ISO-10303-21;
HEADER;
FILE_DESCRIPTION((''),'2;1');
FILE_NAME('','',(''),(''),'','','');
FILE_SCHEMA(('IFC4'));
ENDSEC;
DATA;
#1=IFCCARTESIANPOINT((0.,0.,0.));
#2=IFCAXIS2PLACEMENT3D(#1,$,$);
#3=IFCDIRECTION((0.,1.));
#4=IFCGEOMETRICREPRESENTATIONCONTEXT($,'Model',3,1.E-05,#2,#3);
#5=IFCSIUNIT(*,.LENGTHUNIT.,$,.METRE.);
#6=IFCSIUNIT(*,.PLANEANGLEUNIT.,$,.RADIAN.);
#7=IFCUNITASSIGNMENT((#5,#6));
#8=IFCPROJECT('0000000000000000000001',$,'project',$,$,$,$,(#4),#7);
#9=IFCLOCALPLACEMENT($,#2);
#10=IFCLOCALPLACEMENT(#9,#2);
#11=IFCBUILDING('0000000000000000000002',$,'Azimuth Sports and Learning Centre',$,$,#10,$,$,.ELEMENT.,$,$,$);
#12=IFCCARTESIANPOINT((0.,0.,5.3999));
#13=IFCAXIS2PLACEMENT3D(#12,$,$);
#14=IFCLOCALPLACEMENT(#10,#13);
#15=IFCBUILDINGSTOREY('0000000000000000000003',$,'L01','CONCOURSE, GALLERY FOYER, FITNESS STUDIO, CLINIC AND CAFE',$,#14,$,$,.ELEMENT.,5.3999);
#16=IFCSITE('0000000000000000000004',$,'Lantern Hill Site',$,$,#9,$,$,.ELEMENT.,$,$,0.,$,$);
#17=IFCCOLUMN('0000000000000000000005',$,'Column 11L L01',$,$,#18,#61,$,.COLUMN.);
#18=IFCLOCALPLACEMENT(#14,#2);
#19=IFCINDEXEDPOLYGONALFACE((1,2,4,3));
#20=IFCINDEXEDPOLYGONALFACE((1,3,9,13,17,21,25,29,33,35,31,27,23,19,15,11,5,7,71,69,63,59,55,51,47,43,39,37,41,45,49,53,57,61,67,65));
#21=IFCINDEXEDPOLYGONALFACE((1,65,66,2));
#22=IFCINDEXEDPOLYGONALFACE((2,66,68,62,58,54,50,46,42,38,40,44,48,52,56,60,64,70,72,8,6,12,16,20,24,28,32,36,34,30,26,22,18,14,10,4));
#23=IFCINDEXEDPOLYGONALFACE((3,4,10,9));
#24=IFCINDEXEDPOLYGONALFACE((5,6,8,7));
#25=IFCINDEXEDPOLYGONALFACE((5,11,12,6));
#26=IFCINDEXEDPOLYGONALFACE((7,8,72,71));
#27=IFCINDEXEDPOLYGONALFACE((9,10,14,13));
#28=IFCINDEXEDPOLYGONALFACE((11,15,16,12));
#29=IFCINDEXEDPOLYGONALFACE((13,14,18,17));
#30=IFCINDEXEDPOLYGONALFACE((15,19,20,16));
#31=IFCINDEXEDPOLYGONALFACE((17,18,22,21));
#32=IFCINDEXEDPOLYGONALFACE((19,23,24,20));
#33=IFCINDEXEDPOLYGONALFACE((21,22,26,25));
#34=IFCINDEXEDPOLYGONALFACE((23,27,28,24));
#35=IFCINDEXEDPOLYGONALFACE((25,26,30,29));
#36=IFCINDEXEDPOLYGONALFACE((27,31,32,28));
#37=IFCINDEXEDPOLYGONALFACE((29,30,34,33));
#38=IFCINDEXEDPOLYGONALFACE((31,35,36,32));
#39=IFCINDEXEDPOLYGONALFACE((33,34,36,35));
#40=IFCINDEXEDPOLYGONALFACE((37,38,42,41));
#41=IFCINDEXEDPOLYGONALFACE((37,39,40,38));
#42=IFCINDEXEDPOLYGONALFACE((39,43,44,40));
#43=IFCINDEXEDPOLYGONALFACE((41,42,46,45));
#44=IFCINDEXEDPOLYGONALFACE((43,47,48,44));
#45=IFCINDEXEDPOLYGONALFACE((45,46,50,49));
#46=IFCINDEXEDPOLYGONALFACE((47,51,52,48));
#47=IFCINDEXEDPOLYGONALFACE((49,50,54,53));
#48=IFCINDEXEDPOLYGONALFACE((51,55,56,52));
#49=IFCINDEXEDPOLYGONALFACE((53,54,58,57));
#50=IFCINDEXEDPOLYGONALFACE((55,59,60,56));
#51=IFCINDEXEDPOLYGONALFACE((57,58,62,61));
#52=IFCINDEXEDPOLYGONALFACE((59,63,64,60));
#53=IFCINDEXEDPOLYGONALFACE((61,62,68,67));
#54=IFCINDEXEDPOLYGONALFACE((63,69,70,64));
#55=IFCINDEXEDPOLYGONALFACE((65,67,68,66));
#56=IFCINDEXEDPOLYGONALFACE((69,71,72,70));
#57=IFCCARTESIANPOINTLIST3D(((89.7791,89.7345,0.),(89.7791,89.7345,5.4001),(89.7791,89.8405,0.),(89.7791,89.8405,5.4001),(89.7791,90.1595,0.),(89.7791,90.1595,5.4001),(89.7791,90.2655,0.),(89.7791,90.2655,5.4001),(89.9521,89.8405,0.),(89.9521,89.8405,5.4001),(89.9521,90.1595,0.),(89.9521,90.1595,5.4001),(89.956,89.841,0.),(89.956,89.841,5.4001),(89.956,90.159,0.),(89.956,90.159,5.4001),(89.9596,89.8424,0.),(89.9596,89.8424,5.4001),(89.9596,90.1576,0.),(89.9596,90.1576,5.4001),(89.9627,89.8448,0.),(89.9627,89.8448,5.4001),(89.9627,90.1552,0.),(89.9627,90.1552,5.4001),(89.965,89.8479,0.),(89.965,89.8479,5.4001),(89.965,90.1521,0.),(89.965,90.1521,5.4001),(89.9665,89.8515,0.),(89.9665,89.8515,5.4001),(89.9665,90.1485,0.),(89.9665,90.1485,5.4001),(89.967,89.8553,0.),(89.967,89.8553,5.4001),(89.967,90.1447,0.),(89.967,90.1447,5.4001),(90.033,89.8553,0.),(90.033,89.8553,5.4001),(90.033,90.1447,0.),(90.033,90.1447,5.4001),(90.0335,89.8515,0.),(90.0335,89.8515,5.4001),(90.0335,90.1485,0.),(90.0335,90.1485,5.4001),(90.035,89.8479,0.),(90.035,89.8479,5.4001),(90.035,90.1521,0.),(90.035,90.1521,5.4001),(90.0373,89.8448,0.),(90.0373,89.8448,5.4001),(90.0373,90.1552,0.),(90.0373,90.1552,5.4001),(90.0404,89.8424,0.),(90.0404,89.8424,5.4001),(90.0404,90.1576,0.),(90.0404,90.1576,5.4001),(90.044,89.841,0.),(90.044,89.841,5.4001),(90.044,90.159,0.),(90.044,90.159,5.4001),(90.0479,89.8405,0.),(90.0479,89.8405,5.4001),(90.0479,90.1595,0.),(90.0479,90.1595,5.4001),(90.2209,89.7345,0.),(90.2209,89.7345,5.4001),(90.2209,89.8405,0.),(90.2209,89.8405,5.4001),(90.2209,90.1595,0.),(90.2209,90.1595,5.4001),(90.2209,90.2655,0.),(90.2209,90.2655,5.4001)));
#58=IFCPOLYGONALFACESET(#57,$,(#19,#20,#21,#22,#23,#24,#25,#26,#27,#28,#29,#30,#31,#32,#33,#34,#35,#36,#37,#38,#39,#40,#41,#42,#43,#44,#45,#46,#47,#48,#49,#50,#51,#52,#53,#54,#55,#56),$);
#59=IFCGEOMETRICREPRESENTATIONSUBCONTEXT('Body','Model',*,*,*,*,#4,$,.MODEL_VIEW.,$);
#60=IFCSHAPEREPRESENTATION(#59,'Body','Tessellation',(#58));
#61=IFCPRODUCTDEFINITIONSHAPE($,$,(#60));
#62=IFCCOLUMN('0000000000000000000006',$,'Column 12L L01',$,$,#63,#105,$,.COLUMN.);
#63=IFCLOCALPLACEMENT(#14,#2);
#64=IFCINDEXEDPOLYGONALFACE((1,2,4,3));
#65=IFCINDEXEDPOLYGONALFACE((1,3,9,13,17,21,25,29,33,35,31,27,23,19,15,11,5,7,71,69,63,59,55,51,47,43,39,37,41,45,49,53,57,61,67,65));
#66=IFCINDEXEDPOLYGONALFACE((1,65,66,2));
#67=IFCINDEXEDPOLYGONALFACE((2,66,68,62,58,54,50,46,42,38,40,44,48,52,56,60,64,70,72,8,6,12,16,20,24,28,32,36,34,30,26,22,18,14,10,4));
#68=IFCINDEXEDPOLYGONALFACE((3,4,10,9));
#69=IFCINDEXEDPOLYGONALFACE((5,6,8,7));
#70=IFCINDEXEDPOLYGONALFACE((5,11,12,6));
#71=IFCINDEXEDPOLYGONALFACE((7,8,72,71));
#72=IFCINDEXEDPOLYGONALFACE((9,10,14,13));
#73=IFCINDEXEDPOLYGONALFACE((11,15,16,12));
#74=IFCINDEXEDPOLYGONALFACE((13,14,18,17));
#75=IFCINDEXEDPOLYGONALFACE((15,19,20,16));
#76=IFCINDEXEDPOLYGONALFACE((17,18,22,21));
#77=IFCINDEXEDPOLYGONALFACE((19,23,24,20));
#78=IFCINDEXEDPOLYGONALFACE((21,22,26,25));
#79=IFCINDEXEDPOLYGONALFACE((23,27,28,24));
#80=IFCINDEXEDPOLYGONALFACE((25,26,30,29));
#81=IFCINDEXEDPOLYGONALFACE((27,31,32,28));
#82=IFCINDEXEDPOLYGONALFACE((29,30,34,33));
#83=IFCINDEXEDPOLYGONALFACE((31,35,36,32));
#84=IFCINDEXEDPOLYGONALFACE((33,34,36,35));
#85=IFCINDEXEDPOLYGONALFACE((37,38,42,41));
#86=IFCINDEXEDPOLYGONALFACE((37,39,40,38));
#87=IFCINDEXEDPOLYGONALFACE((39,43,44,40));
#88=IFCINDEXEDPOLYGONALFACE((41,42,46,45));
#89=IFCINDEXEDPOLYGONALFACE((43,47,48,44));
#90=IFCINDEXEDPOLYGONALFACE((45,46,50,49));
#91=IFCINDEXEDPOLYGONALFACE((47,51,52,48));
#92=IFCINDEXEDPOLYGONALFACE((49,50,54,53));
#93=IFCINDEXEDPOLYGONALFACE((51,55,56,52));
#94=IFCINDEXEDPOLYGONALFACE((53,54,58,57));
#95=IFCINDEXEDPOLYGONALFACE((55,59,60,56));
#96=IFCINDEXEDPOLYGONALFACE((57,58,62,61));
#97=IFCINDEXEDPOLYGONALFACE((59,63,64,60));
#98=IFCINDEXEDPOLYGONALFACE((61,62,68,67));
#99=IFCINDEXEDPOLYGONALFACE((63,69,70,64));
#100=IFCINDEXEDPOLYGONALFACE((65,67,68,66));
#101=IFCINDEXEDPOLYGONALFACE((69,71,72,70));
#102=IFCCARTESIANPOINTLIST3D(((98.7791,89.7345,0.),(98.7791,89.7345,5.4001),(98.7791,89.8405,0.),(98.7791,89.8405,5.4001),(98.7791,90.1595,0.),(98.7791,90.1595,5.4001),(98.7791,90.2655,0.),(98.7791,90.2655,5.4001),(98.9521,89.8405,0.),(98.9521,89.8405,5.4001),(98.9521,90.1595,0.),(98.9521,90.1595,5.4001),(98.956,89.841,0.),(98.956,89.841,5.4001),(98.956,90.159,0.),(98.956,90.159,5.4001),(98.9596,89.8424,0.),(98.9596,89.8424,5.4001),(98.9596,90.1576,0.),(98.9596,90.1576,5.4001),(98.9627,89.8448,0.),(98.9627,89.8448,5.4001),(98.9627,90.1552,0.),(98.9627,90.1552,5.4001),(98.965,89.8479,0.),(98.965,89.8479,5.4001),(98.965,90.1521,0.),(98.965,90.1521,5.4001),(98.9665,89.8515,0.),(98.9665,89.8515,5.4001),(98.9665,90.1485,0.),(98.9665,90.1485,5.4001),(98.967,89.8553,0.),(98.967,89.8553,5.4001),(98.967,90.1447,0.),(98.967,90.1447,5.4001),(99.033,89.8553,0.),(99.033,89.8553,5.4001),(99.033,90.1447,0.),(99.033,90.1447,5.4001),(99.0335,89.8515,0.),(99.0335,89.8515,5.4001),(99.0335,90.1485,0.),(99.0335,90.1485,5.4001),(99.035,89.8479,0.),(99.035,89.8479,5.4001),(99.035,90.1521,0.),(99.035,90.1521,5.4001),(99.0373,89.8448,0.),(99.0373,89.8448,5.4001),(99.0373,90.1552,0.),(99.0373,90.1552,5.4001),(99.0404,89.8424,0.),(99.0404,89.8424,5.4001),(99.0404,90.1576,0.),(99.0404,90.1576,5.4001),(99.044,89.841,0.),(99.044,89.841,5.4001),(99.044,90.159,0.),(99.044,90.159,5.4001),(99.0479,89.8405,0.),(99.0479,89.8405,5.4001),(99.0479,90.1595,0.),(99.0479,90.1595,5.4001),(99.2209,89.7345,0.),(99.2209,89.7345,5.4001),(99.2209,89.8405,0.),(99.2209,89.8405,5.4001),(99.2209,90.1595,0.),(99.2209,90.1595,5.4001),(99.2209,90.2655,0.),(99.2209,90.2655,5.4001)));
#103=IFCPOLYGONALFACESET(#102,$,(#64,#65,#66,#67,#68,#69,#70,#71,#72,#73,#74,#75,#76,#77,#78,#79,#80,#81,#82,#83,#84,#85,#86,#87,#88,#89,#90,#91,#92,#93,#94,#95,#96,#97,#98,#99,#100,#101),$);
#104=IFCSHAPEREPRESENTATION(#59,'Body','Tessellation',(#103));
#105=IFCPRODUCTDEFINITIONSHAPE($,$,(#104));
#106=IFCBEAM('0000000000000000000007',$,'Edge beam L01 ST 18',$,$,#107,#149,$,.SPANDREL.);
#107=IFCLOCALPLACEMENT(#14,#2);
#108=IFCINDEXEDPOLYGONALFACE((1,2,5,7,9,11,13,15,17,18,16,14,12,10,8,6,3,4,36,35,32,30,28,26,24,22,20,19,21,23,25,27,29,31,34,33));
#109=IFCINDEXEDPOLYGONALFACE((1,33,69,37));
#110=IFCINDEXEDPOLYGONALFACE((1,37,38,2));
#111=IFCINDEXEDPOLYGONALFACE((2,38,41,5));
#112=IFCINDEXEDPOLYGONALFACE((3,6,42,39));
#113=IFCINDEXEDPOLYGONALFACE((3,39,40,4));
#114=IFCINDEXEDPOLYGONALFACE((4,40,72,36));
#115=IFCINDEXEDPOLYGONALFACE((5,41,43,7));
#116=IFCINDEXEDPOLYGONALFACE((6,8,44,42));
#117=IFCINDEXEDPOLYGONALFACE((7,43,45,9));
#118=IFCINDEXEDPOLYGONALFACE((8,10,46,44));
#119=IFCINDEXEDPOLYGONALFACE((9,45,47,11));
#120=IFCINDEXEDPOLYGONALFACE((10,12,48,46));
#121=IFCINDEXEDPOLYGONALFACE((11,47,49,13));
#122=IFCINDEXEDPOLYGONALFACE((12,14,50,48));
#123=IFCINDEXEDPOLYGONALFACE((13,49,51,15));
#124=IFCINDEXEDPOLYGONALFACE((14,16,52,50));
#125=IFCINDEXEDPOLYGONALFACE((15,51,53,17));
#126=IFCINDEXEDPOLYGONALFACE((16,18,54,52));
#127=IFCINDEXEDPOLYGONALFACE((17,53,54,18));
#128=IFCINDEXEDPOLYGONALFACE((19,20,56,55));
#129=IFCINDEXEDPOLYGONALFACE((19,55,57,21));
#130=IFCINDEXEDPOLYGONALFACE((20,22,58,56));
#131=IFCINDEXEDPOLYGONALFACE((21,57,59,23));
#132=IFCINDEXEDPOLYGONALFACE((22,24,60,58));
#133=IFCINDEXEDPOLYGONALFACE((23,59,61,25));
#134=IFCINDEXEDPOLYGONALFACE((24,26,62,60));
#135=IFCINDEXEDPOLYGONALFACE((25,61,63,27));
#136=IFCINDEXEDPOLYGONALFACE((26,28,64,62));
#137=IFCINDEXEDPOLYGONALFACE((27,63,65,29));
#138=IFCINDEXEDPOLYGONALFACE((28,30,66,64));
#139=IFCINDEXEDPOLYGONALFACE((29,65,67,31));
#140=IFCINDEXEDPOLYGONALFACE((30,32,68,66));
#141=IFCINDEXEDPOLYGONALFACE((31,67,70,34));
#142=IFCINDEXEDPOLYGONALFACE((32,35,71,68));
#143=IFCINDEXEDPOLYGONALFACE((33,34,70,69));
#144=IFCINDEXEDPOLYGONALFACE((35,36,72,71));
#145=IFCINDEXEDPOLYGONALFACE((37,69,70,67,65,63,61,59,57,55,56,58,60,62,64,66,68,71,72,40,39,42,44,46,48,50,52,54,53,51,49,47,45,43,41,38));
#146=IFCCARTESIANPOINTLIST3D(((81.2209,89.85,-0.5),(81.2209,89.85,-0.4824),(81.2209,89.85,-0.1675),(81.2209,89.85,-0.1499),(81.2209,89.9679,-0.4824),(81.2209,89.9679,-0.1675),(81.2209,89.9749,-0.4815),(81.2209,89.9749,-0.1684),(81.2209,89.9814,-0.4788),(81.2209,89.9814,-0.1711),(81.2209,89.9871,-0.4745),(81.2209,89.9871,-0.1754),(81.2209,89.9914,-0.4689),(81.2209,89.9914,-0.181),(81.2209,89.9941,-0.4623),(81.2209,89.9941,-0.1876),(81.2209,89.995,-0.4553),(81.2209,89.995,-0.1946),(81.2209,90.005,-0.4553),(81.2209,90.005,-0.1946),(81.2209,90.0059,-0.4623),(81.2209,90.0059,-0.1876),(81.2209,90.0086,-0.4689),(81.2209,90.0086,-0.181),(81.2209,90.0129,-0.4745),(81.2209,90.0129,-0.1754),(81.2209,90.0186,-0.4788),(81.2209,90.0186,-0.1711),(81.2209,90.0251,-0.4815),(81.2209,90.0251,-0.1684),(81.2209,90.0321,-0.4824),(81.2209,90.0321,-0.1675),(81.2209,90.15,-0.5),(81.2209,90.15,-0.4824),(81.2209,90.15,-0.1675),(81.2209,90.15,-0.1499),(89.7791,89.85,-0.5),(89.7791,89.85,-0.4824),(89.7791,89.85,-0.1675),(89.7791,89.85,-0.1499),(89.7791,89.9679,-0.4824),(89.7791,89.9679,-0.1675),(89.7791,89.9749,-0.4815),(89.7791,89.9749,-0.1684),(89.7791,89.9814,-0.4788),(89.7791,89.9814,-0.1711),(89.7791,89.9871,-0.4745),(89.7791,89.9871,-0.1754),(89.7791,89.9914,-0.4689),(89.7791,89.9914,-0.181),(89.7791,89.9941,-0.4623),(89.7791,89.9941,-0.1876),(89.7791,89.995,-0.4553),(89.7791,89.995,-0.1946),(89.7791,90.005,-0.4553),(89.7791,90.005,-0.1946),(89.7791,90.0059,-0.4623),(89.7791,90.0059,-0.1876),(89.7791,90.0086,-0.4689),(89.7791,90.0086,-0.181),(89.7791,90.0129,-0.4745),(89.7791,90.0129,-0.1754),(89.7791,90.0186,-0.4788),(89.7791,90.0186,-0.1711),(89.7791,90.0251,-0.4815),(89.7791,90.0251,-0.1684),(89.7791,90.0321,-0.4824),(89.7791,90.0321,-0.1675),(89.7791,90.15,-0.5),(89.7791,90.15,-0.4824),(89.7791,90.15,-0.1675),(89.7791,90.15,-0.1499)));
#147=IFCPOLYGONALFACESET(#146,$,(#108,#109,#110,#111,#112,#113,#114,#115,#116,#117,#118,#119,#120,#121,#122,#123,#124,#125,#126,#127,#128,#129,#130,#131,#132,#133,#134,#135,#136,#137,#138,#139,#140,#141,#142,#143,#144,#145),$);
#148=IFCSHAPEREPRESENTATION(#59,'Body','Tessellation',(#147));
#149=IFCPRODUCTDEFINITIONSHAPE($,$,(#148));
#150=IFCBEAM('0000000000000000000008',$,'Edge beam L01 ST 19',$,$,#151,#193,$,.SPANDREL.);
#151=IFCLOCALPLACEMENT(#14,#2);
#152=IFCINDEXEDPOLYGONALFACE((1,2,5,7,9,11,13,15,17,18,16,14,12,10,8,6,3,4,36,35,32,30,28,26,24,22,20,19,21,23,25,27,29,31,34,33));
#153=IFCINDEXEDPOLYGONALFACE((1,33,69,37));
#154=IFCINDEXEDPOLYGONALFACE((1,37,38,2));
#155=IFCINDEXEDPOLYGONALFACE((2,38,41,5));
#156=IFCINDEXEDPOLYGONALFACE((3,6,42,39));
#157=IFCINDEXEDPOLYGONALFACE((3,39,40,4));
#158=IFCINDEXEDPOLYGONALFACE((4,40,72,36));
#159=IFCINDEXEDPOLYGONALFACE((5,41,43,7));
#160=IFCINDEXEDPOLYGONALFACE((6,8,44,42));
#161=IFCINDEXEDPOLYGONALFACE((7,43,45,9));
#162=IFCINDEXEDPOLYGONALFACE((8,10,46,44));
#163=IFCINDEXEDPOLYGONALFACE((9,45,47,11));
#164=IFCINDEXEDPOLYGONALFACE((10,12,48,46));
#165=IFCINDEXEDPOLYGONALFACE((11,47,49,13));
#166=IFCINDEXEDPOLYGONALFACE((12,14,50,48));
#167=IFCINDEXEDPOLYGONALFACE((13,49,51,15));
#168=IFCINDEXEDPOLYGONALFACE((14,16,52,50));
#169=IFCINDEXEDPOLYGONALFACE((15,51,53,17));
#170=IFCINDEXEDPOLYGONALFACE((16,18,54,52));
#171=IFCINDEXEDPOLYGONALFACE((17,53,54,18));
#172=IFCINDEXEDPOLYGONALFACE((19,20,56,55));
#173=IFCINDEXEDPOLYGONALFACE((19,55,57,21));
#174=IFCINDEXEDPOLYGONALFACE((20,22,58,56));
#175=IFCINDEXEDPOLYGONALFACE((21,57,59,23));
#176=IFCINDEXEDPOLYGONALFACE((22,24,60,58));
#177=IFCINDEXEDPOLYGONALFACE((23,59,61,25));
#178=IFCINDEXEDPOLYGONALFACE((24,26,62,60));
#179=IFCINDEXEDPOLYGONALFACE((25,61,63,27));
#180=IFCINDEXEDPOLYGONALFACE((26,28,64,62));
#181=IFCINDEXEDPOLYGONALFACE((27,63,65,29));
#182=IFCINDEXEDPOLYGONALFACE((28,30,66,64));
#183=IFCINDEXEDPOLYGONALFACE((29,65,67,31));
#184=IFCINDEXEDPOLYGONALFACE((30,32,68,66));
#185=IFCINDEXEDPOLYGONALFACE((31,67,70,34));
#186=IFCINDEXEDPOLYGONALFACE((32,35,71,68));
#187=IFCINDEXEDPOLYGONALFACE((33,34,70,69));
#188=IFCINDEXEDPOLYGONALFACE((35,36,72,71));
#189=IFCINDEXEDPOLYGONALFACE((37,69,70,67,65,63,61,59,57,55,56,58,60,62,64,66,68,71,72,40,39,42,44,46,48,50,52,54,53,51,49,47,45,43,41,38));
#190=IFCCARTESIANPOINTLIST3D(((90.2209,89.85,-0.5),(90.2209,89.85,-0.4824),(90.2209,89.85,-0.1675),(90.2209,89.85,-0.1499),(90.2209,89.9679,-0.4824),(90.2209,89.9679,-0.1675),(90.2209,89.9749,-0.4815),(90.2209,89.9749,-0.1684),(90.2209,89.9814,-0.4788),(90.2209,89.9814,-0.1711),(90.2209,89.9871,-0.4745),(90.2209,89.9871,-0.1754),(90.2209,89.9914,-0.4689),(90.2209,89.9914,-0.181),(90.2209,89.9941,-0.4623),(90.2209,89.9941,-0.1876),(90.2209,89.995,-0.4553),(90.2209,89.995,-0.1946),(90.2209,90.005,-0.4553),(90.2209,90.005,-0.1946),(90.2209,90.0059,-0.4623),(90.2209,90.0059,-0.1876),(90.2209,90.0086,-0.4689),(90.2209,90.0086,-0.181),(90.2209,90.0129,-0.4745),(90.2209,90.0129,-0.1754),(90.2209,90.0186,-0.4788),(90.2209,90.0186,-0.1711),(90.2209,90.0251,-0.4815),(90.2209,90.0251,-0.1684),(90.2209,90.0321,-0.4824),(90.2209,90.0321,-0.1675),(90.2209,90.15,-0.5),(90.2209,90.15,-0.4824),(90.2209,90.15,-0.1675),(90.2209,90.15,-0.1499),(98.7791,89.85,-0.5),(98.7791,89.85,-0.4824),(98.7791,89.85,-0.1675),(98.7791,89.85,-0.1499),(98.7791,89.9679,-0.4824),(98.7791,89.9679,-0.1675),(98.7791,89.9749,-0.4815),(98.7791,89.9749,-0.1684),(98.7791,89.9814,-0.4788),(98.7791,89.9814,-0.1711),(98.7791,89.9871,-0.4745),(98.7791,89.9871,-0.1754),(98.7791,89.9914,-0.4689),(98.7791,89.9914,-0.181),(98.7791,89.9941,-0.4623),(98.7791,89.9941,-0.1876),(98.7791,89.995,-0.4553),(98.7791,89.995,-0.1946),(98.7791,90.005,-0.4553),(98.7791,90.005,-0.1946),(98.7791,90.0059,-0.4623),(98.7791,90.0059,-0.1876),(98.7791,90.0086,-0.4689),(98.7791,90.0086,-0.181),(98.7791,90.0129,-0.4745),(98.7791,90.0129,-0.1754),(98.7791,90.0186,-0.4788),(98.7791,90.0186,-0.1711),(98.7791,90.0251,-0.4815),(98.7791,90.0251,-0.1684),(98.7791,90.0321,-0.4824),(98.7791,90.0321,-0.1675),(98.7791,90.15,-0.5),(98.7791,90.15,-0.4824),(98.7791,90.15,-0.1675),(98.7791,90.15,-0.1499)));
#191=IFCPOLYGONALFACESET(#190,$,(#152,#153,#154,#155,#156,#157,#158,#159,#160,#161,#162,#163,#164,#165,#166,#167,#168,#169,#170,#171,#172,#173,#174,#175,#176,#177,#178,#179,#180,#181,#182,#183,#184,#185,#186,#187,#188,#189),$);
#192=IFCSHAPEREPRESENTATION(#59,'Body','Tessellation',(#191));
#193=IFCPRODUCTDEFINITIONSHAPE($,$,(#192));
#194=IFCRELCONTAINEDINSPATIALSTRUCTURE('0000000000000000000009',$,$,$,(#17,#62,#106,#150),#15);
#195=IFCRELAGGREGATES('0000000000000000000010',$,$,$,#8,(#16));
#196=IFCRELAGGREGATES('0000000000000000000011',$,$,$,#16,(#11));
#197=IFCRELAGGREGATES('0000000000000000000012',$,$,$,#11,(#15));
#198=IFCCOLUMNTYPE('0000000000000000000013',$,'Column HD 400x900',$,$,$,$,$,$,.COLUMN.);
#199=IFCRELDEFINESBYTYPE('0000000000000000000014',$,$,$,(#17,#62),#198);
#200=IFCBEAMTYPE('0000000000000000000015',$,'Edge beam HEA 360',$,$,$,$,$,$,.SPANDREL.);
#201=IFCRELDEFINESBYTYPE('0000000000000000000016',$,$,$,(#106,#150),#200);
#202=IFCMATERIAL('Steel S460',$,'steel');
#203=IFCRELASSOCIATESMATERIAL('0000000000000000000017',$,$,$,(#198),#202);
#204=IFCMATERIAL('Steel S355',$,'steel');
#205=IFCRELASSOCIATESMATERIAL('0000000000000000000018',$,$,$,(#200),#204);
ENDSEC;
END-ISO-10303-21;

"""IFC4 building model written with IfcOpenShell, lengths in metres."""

from ifc_helpers import new_model, si_unit, direction, frame, origin, origin_2d, place, context, subcontext, project, spatial, i_section, extrude, material, material_profile, profile_set, type_object, element, save


model = new_model("IFC4")

# Units and contexts
model_context = context("Model", 3, precision=1e-05, world=origin(), true_north=direction((0.0, 1.0)))
body_context = subcontext(model_context, "Body", "Model", "MODEL_VIEW")
ifc_project = project(units=[si_unit("LENGTHUNIT", "METRE"), si_unit("PLANEANGLEUNIT", "RADIAN")], contexts=[model_context])

# Site, building, storey
site_placement = place(None, origin())
site = spatial("IfcSite", under=ifc_project, at=site_placement, Name="Lantern Hill Site", CompositionType="ELEMENT", RefElevation=0.0)
building_placement = place(site_placement, origin())
building = spatial("IfcBuilding", under=site, at=building_placement, Name="Azimuth Sports and Learning Centre", CompositionType="ELEMENT")
storey_placement = place(building_placement, frame((0.0, 0.0, 5.3999)))
storey = spatial("IfcBuildingStorey", under=building, at=storey_placement, Name="L01", Description="CONCOURSE, GALLERY FOYER, FITNESS STUDIO, CLINIC AND CAFE", CompositionType="ELEMENT", Elevation=5.3999)

# Columns
ifc_material_1 = material(Name="Steel S460", Category="steel")
ifc_material_profile_1 = material_profile(ifc_material_1, i_section(OverallWidth=0.4419, OverallDepth=0.531, WebThickness=0.0659, FlangeThickness=0.106, FilletRadius=0.0149, at=origin_2d()), Name="HD 400x900")
ifc_profile_set_1 = profile_set([ifc_material_profile_1], Name="Steel S460")
column_type = type_object("IfcColumnType", Name="Column HD 400x900", PredefinedType="COLUMN", material=ifc_profile_set_1)
for number, where, z_axis, x_axis, name in (
    (1, (90.0, 90.0, 0.0), (0.0, 0.0, 1.0), (1.0, 0.0, 0.0), "Column 11L L01"),
    (2, (99.0, 90.0, 0.0), (0.0, 0.0, 1.0), (1.0, 0.0, 0.0), "Column 12L L01"),
):
    element("IfcColumn", number, at=place(storey_placement, frame(where, z_axis=z_axis, x_axis=x_axis)), inside=storey, type_object=column_type, Name=name, PredefinedType="COLUMN", context=body_context, shape_type="SweptSolid", body=[
        extrude(i_section(OverallWidth=0.4419, OverallDepth=0.531, WebThickness=0.0659, FlangeThickness=0.106, FilletRadius=0.0149, at=origin_2d()), origin(), (0.0, 0.0, 1.0), 5.4001),
    ])

# Beams
ifc_material_2 = material(Name="Steel S355", Category="steel")
ifc_material_profile_2 = material_profile(ifc_material_2, i_section(OverallWidth=0.3, OverallDepth=0.3501, WebThickness=0.01, FlangeThickness=0.0176, FilletRadius=0.0271, at=origin_2d()), Name="HEA 360")
ifc_profile_set_2 = profile_set([ifc_material_profile_2], Name="Steel S355")
beam_type_1 = type_object("IfcBeamType", Name="Edge beam HEA 360", PredefinedType="SPANDREL", material=ifc_profile_set_2)
for number, where, z_axis, x_axis, name in (
    (3, (81.2209, 90.0, -0.325), (1.0, 0.0, 0.0), (0.0, 1.0, 0.0), "Edge beam L01 ST 18"),
    (4, (90.2209, 90.0, -0.325), (1.0, 0.0, 0.0), (0.0, 1.0, 0.0), "Edge beam L01 ST 19"),
):
    element("IfcBeam", number, at=place(storey_placement, frame(where, z_axis=z_axis, x_axis=x_axis)), inside=storey, type_object=beam_type_1, Name=name, PredefinedType="SPANDREL", context=body_context, shape_type="SweptSolid", body=[
        extrude(i_section(OverallWidth=0.3, OverallDepth=0.3501, WebThickness=0.01, FlangeThickness=0.0176, FilletRadius=0.0271, at=origin_2d()), origin(), (0.0, 0.0, 1.0), 8.5581),
    ])

save(model, "model.ifc")
